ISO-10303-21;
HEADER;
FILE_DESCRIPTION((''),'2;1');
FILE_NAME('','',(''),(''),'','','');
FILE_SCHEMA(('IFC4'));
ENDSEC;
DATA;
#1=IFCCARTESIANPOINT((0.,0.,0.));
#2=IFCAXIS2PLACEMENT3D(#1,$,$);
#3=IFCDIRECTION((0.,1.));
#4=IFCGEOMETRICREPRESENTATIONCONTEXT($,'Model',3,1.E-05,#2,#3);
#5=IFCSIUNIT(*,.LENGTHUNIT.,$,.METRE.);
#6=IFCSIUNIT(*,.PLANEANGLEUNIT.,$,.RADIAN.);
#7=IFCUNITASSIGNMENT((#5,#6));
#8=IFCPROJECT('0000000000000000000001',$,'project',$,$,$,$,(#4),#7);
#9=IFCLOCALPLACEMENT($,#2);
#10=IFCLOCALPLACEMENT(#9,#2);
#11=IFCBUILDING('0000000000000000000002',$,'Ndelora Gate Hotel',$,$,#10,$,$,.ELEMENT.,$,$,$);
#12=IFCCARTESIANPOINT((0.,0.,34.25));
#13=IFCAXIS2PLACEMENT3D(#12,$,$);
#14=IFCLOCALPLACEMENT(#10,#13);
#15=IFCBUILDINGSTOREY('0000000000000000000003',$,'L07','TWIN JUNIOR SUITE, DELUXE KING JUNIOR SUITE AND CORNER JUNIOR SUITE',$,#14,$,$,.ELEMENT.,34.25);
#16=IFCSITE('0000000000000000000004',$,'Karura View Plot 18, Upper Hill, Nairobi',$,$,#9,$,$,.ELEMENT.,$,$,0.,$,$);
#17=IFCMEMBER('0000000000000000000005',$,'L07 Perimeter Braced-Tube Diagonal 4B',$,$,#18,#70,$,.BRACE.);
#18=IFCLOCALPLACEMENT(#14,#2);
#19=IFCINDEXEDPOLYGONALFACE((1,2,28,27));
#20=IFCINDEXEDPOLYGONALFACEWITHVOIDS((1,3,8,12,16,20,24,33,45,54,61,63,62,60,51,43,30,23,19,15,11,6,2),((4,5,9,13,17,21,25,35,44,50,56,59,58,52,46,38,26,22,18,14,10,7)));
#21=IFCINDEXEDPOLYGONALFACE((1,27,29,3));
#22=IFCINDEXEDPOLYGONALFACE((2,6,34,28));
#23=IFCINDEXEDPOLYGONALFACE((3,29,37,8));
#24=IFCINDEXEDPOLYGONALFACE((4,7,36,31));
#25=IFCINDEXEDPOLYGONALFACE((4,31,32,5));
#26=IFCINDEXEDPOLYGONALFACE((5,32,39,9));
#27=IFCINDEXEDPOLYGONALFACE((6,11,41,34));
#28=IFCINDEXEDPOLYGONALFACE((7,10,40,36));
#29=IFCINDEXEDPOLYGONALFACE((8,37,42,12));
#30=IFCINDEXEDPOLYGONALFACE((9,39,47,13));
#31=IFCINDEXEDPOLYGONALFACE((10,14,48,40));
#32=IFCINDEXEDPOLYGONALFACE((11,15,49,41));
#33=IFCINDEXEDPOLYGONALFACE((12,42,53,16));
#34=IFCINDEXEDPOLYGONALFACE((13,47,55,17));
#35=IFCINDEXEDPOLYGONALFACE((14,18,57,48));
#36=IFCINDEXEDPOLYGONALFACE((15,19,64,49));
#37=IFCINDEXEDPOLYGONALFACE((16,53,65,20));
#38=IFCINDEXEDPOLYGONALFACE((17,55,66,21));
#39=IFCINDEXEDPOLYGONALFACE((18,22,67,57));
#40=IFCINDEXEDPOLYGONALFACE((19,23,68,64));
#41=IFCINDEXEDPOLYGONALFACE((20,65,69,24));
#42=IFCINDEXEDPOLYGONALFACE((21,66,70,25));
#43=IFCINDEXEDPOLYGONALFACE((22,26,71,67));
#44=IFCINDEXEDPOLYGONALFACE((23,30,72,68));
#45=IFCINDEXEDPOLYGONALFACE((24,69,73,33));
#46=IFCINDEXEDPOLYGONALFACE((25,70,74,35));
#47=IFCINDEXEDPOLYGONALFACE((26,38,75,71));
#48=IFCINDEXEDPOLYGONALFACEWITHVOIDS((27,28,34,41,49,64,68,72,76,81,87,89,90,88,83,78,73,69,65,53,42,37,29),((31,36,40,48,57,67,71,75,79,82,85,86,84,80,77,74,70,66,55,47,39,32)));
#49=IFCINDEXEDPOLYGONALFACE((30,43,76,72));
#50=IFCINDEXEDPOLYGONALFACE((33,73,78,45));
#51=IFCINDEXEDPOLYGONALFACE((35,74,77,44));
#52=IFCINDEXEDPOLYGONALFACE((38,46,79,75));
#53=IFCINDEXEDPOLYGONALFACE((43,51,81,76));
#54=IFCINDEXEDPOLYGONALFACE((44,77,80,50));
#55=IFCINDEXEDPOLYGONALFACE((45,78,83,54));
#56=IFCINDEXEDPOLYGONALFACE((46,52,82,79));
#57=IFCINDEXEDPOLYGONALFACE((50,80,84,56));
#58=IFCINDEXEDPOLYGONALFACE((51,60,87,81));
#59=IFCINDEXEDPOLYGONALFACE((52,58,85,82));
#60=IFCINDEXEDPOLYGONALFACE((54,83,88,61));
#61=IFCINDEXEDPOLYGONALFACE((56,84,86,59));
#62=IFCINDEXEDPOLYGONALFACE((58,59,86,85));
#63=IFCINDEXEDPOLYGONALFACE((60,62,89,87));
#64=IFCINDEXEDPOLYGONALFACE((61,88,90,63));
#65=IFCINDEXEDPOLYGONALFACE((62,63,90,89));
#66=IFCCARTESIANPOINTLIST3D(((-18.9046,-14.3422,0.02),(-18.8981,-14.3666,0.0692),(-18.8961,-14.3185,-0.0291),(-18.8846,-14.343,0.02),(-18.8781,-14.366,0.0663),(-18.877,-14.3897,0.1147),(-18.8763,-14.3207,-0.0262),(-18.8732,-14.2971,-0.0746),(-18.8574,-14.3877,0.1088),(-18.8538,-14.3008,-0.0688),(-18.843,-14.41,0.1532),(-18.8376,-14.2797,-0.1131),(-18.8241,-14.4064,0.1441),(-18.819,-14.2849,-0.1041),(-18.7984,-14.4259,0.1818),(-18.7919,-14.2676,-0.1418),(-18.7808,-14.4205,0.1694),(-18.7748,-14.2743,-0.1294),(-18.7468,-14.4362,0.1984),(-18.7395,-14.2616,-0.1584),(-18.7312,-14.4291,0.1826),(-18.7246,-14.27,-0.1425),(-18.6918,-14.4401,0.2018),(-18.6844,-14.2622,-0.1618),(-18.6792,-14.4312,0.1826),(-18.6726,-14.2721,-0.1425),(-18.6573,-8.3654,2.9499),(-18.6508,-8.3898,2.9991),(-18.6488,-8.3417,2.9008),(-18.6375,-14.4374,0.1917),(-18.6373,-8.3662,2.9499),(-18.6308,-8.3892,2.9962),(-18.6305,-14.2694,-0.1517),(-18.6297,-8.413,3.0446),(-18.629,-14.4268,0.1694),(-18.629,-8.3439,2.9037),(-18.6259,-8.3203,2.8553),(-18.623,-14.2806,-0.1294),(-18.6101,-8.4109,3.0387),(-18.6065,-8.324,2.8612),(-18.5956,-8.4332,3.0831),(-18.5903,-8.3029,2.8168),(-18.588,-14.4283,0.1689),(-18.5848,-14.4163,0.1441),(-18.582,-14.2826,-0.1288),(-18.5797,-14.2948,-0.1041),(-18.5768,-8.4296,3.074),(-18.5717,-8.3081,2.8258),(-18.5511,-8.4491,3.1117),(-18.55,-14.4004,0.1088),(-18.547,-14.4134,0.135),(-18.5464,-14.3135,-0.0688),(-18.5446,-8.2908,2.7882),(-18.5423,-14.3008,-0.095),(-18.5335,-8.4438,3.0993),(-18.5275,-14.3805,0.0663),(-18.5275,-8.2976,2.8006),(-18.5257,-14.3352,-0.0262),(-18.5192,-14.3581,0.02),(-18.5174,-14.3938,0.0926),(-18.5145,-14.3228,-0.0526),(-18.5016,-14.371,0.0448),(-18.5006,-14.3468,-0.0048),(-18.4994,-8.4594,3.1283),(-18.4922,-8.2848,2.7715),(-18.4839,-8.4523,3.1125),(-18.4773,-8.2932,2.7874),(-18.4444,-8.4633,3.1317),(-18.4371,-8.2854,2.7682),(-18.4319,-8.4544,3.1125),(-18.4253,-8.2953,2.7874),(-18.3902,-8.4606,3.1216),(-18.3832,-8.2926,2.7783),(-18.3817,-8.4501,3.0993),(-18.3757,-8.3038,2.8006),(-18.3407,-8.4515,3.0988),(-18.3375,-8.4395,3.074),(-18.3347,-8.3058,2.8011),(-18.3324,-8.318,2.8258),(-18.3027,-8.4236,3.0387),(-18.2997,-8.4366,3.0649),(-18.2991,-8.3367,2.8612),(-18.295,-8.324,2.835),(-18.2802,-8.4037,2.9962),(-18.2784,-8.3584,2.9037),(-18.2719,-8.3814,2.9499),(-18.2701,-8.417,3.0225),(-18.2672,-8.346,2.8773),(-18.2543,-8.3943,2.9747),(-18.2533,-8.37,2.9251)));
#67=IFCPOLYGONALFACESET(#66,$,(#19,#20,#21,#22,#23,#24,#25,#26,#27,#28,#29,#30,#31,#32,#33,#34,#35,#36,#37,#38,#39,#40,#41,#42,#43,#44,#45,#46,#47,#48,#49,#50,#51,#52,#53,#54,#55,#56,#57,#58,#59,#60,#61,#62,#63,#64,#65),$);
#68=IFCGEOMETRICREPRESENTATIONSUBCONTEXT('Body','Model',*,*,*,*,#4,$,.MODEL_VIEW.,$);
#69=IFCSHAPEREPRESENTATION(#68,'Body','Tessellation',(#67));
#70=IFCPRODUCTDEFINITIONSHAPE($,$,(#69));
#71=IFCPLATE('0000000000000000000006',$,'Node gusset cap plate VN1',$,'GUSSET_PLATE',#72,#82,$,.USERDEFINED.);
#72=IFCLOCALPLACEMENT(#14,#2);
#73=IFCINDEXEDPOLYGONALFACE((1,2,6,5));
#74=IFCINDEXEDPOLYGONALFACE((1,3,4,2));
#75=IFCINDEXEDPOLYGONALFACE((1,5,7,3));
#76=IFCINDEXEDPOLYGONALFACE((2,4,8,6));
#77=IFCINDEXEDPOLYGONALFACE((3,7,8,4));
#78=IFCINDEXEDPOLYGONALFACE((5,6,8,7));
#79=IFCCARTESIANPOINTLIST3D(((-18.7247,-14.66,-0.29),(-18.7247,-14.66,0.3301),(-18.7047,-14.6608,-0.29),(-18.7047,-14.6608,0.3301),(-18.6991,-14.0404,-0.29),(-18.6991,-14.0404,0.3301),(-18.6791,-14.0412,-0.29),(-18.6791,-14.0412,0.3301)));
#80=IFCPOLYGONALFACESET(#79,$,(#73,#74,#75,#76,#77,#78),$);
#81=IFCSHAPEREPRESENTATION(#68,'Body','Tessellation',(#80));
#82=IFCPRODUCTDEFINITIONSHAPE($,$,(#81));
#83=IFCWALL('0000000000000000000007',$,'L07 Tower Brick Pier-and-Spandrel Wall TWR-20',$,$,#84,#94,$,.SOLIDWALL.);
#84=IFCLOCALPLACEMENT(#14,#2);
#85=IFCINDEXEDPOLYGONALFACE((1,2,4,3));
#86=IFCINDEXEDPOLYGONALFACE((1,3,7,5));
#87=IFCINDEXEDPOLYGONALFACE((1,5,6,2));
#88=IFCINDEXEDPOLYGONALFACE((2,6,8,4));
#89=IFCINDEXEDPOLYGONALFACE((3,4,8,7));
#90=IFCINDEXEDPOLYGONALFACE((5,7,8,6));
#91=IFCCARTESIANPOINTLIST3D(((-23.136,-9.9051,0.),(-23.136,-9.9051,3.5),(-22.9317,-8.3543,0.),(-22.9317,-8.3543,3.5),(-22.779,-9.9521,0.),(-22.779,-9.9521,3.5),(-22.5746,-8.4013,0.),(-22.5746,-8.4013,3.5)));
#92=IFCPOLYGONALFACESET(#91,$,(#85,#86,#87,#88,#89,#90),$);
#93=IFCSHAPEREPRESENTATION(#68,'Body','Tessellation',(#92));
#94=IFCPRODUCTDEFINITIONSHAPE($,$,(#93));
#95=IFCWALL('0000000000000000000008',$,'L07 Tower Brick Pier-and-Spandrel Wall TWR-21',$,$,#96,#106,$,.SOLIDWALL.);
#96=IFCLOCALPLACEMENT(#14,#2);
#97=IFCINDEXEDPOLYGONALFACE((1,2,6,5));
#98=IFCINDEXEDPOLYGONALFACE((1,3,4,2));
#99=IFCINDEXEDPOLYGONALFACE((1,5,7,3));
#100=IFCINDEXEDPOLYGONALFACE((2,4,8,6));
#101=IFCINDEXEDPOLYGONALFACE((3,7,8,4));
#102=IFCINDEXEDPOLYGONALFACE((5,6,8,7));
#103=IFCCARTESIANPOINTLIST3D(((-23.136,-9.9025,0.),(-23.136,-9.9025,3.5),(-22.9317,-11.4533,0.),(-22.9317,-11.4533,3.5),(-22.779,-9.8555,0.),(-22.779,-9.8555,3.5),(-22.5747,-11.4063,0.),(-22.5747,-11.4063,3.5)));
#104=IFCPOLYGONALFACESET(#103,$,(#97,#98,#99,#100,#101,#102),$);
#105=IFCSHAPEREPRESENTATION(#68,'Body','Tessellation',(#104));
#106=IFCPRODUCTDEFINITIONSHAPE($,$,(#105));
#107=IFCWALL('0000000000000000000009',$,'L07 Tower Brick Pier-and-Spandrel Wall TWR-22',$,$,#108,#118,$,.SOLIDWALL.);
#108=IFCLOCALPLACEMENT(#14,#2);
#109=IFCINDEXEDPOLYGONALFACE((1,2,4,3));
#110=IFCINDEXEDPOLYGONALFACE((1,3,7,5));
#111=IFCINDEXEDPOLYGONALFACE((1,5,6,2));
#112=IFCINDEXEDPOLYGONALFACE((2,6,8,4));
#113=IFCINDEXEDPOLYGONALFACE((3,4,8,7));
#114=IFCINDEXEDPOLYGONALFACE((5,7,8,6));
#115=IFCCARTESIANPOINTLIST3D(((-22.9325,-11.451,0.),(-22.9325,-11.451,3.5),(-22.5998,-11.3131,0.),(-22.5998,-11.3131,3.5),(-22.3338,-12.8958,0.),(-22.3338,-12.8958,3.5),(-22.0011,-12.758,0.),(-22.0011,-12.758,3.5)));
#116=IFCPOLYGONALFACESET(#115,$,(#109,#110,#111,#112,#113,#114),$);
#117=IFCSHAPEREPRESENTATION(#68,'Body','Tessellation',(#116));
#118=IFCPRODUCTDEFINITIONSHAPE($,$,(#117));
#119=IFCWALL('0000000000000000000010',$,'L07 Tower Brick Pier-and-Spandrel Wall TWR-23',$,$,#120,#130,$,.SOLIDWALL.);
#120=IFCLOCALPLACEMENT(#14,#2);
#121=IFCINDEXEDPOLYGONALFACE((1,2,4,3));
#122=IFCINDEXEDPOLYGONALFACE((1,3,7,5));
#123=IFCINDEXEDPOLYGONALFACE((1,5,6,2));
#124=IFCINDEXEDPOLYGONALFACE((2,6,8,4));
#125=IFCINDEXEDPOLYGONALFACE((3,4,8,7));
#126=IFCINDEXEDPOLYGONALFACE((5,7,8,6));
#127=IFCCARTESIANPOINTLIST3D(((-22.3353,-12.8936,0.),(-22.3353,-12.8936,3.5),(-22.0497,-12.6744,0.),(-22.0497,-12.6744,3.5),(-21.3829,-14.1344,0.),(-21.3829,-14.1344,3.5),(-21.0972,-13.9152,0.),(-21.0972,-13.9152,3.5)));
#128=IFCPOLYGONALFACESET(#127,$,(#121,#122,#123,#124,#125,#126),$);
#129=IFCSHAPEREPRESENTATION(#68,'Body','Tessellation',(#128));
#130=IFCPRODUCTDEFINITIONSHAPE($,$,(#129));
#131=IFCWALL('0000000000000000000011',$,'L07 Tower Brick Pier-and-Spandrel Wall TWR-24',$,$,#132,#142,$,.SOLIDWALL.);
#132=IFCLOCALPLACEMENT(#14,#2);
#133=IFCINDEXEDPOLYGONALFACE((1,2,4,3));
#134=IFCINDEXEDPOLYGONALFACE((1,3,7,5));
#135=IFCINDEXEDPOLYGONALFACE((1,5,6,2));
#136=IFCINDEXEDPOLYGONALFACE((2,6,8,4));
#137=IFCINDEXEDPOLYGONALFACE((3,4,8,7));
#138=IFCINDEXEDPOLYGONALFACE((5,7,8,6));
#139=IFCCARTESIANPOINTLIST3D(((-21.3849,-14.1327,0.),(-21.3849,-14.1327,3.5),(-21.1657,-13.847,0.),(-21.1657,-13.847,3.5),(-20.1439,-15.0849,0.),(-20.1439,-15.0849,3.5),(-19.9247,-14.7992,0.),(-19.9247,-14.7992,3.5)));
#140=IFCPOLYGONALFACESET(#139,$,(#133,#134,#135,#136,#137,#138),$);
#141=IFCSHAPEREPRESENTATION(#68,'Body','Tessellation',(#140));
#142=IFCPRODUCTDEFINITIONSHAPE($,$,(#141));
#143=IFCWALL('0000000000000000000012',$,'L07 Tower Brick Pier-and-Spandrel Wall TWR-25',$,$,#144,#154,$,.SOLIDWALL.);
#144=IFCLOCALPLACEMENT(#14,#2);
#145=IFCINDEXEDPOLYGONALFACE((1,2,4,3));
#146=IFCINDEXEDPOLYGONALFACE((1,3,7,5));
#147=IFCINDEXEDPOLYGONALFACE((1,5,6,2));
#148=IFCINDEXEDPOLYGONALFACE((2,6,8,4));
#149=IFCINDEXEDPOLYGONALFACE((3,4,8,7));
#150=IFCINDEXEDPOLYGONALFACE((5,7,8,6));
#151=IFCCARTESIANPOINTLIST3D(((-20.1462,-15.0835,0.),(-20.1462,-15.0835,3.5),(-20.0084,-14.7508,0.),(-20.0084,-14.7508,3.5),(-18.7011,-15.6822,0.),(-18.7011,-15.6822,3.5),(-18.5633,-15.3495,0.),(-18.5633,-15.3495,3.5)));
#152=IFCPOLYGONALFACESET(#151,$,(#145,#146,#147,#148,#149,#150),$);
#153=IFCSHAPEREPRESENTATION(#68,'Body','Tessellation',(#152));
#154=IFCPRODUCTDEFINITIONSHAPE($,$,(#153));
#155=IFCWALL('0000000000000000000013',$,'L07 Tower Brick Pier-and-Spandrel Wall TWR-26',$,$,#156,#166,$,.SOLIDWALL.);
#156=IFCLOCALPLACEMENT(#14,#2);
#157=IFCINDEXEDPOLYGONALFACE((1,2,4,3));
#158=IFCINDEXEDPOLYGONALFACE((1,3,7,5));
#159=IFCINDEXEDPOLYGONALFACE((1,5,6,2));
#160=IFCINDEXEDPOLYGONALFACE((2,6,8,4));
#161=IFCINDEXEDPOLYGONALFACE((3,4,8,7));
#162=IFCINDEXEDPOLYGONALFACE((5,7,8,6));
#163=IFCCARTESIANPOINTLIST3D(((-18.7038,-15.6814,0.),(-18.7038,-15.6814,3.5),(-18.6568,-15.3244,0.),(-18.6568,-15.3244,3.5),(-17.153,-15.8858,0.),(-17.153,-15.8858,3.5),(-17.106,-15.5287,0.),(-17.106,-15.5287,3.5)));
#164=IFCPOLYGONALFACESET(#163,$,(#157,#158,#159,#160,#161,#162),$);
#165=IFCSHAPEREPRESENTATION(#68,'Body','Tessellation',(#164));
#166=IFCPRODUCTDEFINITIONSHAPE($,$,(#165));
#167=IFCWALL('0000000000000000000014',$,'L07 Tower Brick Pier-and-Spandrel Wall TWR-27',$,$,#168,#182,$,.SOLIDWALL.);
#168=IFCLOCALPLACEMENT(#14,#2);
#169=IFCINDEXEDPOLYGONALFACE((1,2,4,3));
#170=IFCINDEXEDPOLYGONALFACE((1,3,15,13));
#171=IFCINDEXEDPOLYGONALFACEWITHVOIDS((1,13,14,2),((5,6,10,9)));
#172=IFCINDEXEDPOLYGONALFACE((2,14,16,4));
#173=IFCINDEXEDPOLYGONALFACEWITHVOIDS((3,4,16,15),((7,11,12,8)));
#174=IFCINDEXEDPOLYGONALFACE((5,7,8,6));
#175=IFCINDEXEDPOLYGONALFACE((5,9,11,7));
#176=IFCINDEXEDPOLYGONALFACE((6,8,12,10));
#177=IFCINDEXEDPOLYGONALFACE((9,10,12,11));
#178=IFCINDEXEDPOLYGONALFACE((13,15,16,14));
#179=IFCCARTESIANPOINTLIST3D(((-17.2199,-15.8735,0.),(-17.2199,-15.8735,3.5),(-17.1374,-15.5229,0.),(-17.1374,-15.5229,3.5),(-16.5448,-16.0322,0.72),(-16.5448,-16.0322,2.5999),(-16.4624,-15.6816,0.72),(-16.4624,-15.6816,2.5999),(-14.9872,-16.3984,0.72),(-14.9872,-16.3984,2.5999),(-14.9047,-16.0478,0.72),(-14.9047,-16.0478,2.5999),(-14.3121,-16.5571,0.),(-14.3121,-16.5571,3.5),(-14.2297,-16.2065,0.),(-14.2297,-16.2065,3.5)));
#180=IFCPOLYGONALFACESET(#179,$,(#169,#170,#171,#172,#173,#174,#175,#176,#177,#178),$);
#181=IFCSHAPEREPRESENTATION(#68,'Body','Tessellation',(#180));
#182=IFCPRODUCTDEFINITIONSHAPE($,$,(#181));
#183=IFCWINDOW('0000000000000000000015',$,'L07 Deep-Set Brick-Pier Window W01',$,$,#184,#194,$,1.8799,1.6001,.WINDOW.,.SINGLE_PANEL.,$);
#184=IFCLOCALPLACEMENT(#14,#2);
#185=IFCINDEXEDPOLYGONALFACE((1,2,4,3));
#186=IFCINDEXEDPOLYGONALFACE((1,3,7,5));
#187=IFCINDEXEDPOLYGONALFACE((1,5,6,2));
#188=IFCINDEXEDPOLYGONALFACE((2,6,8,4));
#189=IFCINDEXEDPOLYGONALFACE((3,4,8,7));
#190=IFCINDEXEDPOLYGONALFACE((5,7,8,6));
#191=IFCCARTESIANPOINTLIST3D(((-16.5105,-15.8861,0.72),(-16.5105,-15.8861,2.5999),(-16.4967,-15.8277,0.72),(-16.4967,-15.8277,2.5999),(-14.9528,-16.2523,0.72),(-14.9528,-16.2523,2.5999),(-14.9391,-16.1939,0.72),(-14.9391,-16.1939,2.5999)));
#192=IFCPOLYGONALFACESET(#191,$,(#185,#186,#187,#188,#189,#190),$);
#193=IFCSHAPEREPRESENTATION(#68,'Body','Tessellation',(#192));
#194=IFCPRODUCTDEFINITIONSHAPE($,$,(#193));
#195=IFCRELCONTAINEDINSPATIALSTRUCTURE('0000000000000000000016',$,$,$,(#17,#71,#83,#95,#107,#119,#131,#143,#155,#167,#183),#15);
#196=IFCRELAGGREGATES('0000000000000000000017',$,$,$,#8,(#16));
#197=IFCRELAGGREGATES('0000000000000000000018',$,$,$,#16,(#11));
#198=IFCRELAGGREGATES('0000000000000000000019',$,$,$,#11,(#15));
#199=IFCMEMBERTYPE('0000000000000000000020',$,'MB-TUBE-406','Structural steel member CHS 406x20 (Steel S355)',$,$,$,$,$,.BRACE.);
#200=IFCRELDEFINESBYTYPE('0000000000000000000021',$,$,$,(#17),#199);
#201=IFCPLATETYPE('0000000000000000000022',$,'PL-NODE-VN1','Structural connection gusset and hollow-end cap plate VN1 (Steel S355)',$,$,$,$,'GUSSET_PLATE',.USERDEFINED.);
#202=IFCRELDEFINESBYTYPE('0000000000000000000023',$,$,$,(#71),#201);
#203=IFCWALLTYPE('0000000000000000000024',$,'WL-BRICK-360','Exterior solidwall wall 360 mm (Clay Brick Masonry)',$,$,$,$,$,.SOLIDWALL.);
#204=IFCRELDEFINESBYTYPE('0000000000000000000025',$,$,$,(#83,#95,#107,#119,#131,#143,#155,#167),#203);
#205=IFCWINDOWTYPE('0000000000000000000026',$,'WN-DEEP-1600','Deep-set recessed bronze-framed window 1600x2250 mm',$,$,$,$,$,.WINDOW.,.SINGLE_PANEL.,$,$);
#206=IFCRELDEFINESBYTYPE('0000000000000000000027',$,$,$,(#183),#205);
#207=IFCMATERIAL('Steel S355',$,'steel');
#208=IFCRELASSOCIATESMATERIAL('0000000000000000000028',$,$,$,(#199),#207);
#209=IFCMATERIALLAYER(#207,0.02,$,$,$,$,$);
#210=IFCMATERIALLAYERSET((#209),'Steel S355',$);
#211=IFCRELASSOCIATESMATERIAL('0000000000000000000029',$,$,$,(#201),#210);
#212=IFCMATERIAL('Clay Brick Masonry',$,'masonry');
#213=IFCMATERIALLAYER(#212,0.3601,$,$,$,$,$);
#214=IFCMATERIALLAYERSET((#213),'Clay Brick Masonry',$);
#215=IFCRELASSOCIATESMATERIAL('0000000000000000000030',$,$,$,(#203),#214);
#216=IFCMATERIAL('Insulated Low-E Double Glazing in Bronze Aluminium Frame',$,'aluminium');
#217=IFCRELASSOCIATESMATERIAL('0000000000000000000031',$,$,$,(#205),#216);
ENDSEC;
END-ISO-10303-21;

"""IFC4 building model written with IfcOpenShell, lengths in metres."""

from ifc_helpers import new_model, si_unit, direction, frame, frame_2d, origin, origin_2d, place, context, subcontext, project, spatial, rectangle, hollow_circle, extrude, material, layer, layer_set, material_profile, profile_set, type_object, element, fill, save


model = new_model("IFC4")

# Units and contexts
model_context = context("Model", 3, precision=1e-05, world=origin(), true_north=direction((0.0, 1.0)))
body_context = subcontext(model_context, "Body", "Model", "MODEL_VIEW")
ifc_project = project(units=[si_unit("LENGTHUNIT", "METRE"), si_unit("PLANEANGLEUNIT", "RADIAN")], contexts=[model_context])

# Site, building, storey
site_placement = place(None, origin())
site = spatial("IfcSite", under=ifc_project, at=site_placement, Name="Karura View Plot 18, Upper Hill, Nairobi", CompositionType="ELEMENT", RefElevation=0.0)
building_placement = place(site_placement, origin())
building = spatial("IfcBuilding", under=site, at=building_placement, Name="Ndelora Gate Hotel", CompositionType="ELEMENT")
storey_placement = place(building_placement, frame((0.0, 0.0, 34.25)))
storey = spatial("IfcBuildingStorey", under=building, at=storey_placement, Name="L07", Description="TWIN JUNIOR SUITE, DELUXE KING JUNIOR SUITE AND CORNER JUNIOR SUITE", CompositionType="ELEMENT", Elevation=34.25)

# Shared definitions
ifc_material_1 = material(Name="Steel S355", Category="steel")

# Member
ifc_material_profile_1 = material_profile(ifc_material_1, hollow_circle(Radius=0.2029, WallThickness=0.02, at=origin_2d()), Name="CHS 406x20")
ifc_profile_set_1 = profile_set([ifc_material_profile_1], Name="Steel S355")
member_type = type_object("IfcMemberType", Name="MB-TUBE-406", Description="Structural steel member CHS 406x20 (Steel S355)", PredefinedType="BRACE", material=ifc_profile_set_1)
member_placement = place(storey_placement, frame((-18.7019, -14.3506, 0.02), z_axis=(0.037129, 0.897294, 0.439869), x_axis=(-0.999145, 0.041344, 0.0)))
element("IfcMember", 1, at=member_placement, inside=storey, type_object=member_type, Name="L07 Perimeter Braced-Tube Diagonal 4B", PredefinedType="BRACE", context=body_context, shape_type="SweptSolid", body=[
    extrude(hollow_circle(Radius=0.2029, WallThickness=0.02, at=origin_2d()), origin(), (0.0, 0.0, 1.0), 6.6609),
])

# Plate
ifc_layer_1 = layer(ifc_material_1, 0.02)
ifc_layer_set_1 = layer_set([ifc_layer_1], Name="Steel S355")
plate_type = type_object("IfcPlateType", Name="PL-NODE-VN1", Description="Structural connection gusset and hollow-end cap plate VN1 (Steel S355)", ElementType="GUSSET_PLATE", PredefinedType="USERDEFINED", material=ifc_layer_set_1)
plate_placement = place(storey_placement, frame((-18.7019, -14.3506, -0.29), z_axis=(0.0, 0.0, 1.0), x_axis=(0.041353, 0.999145, 0.0)))
element("IfcPlate", 2, at=plate_placement, inside=storey, type_object=plate_type, Name="Node gusset cap plate VN1", ObjectType="GUSSET_PLATE", PredefinedType="USERDEFINED", context=body_context, shape_type="SweptSolid", body=[
    extrude(rectangle(XDim=0.6201, YDim=0.02, at=origin_2d()), origin(), (0.0, 0.0, 1.0), 0.6201),
])

# Walls
ifc_material_2 = material(Name="Clay Brick Masonry", Category="masonry")
ifc_layer_2 = layer(ifc_material_2, 0.3601)
ifc_layer_set_2 = layer_set([ifc_layer_2], Name="Clay Brick Masonry")
wall_type_1 = type_object("IfcWallType", Name="WL-BRICK-360", Description="Exterior solidwall wall 360 mm (Clay Brick Masonry)", PredefinedType="SOLIDWALL", material=ifc_layer_set_2)
for number, where, z_axis, x_axis, name in (
    (3, (-22.9575, -9.9287, 0.0), (0.0, 0.0, 1.0), (0.13064, 0.99143, 0.0), "L07 Tower Brick Pier-and-Spandrel Wall TWR-20"),
    (4, (-22.7532, -11.4299, 0.0), (0.0, 0.0, 1.0), (-0.13064, 0.99143, 0.0), "L07 Tower Brick Pier-and-Spandrel Wall TWR-21"),
):
    element("IfcWall", number, at=place(storey_placement, frame(where, z_axis=z_axis, x_axis=x_axis)), inside=storey, type_object=wall_type_1, Name=name, PredefinedType="SOLIDWALL", context=body_context, shape_type="SweptSolid", body=[
        extrude(rectangle(XDim=1.5642, YDim=0.3601, at=frame_2d((0.7822, 0.0))), origin(), (0.0, 0.0, 1.0), 3.5),
    ])
wall_1_placement = place(storey_placement, frame((-22.1675, -12.8269, 0.0), z_axis=(0.0, 0.0, 1.0), x_axis=(-0.382775, 0.923842, 0.0)))
element("IfcWall", 5, at=wall_1_placement, inside=storey, type_object=wall_type_1, Name="L07 Tower Brick Pier-and-Spandrel Wall TWR-22", PredefinedType="SOLIDWALL", context=body_context, shape_type="SweptSolid", body=[
    extrude(rectangle(XDim=1.564, YDim=0.3601, at=frame_2d((0.782, 0.0))), origin(), (0.0, 0.0, 1.0), 3.5),
])
for number, where, z_axis, x_axis, name in (
    (6, (-21.24, -14.0249, 0.0), (0.0, 0.0, 1.0), (-0.608903, 0.793244, 0.0), "L07 Tower Brick Pier-and-Spandrel Wall TWR-23"),
    (7, (-20.0342, -14.9421, 0.0), (0.0, 0.0, 1.0), (-0.793378, 0.60873, 0.0), "L07 Tower Brick Pier-and-Spandrel Wall TWR-24"),
    (8, (-18.6321, -15.5159, 0.0), (0.0, 0.0, 1.0), (-0.923865, 0.382719, 0.0), "L07 Tower Brick Pier-and-Spandrel Wall TWR-25"),
    (9, (-17.1294, -15.7073, 0.0), (0.0, 0.0, 1.0), (-0.99143, 0.13064, 0.0), "L07 Tower Brick Pier-and-Spandrel Wall TWR-26"),
):
    element("IfcWall", number, at=place(storey_placement, frame(where, z_axis=z_axis, x_axis=x_axis)), inside=storey, type_object=wall_type_1, Name=name, PredefinedType="SOLIDWALL", context=body_context, shape_type="SweptSolid", body=[
        extrude(rectangle(XDim=1.5642, YDim=0.3601, at=frame_2d((0.7822, 0.0))), origin(), (0.0, 0.0, 1.0), 3.5),
    ])

# Wall, opening, window
wall_2_placement = place(storey_placement, frame((-14.2708, -16.3818, 0.0), z_axis=(0.0, 0.0, 1.0), x_axis=(-0.97346, 0.228857, 0.0)))
wall_2 = element("IfcWall", 10, at=wall_2_placement, inside=storey, type_object=wall_type_1, Name="L07 Tower Brick Pier-and-Spandrel Wall TWR-27", PredefinedType="SOLIDWALL", context=body_context, shape_type="SweptSolid", body=[
    extrude(rectangle(XDim=2.9871, YDim=0.3601, at=frame_2d((1.4937, 0.0))), origin(), (0.0, 0.0, 1.0), 3.5),
])
opening_1_placement = place(wall_2_placement, frame((0.6936, 0.0, 0.72)))
opening_1 = element("IfcOpeningElement", 11, at=opening_1_placement, cuts=wall_2, PredefinedType="OPENING", context=body_context, shape_type="SweptSolid", body=[
    extrude(rectangle(XDim=1.6001, YDim=1.8799, at=frame_2d((0.8, 0.9399))), frame((0.0, 0.1899, 0.0), z_axis=(0.0, -1.0, 0.0), x_axis=(1.0, 0.0, 0.0)), (0.0, 0.0, 1.0), 0.3801),
])
ifc_material_3 = material(Name="Insulated Low-E Double Glazing in Bronze Aluminium Frame", Category="aluminium")
window_type = type_object("IfcWindowType", Name="WN-DEEP-1600", Description="Deep-set recessed bronze-framed window 1600x2250 mm", PartitioningType="SINGLE_PANEL", PredefinedType="WINDOW", material=ifc_material_3)
window_1_placement = place(opening_1_placement, origin())
window_1 = element("IfcWindow", 12, at=window_1_placement, inside=storey, type_object=window_type, Name="L07 Deep-Set Brick-Pier Window W01", OverallHeight=1.8799, OverallWidth=1.6001, PartitioningType="SINGLE_PANEL", PredefinedType="WINDOW", context=body_context, shape_type="SweptSolid", body=[
    extrude(rectangle(XDim=1.6001, YDim=1.8799, at=frame_2d((0.8, 0.9399))), frame((0.0, 0.03, 0.0), z_axis=(0.0, -1.0, 0.0), x_axis=(1.0, 0.0, 0.0)), (0.0, 0.0, 1.0), 0.0601),
])
fill(opening_1, window_1)

save(model, "model.ifc")
